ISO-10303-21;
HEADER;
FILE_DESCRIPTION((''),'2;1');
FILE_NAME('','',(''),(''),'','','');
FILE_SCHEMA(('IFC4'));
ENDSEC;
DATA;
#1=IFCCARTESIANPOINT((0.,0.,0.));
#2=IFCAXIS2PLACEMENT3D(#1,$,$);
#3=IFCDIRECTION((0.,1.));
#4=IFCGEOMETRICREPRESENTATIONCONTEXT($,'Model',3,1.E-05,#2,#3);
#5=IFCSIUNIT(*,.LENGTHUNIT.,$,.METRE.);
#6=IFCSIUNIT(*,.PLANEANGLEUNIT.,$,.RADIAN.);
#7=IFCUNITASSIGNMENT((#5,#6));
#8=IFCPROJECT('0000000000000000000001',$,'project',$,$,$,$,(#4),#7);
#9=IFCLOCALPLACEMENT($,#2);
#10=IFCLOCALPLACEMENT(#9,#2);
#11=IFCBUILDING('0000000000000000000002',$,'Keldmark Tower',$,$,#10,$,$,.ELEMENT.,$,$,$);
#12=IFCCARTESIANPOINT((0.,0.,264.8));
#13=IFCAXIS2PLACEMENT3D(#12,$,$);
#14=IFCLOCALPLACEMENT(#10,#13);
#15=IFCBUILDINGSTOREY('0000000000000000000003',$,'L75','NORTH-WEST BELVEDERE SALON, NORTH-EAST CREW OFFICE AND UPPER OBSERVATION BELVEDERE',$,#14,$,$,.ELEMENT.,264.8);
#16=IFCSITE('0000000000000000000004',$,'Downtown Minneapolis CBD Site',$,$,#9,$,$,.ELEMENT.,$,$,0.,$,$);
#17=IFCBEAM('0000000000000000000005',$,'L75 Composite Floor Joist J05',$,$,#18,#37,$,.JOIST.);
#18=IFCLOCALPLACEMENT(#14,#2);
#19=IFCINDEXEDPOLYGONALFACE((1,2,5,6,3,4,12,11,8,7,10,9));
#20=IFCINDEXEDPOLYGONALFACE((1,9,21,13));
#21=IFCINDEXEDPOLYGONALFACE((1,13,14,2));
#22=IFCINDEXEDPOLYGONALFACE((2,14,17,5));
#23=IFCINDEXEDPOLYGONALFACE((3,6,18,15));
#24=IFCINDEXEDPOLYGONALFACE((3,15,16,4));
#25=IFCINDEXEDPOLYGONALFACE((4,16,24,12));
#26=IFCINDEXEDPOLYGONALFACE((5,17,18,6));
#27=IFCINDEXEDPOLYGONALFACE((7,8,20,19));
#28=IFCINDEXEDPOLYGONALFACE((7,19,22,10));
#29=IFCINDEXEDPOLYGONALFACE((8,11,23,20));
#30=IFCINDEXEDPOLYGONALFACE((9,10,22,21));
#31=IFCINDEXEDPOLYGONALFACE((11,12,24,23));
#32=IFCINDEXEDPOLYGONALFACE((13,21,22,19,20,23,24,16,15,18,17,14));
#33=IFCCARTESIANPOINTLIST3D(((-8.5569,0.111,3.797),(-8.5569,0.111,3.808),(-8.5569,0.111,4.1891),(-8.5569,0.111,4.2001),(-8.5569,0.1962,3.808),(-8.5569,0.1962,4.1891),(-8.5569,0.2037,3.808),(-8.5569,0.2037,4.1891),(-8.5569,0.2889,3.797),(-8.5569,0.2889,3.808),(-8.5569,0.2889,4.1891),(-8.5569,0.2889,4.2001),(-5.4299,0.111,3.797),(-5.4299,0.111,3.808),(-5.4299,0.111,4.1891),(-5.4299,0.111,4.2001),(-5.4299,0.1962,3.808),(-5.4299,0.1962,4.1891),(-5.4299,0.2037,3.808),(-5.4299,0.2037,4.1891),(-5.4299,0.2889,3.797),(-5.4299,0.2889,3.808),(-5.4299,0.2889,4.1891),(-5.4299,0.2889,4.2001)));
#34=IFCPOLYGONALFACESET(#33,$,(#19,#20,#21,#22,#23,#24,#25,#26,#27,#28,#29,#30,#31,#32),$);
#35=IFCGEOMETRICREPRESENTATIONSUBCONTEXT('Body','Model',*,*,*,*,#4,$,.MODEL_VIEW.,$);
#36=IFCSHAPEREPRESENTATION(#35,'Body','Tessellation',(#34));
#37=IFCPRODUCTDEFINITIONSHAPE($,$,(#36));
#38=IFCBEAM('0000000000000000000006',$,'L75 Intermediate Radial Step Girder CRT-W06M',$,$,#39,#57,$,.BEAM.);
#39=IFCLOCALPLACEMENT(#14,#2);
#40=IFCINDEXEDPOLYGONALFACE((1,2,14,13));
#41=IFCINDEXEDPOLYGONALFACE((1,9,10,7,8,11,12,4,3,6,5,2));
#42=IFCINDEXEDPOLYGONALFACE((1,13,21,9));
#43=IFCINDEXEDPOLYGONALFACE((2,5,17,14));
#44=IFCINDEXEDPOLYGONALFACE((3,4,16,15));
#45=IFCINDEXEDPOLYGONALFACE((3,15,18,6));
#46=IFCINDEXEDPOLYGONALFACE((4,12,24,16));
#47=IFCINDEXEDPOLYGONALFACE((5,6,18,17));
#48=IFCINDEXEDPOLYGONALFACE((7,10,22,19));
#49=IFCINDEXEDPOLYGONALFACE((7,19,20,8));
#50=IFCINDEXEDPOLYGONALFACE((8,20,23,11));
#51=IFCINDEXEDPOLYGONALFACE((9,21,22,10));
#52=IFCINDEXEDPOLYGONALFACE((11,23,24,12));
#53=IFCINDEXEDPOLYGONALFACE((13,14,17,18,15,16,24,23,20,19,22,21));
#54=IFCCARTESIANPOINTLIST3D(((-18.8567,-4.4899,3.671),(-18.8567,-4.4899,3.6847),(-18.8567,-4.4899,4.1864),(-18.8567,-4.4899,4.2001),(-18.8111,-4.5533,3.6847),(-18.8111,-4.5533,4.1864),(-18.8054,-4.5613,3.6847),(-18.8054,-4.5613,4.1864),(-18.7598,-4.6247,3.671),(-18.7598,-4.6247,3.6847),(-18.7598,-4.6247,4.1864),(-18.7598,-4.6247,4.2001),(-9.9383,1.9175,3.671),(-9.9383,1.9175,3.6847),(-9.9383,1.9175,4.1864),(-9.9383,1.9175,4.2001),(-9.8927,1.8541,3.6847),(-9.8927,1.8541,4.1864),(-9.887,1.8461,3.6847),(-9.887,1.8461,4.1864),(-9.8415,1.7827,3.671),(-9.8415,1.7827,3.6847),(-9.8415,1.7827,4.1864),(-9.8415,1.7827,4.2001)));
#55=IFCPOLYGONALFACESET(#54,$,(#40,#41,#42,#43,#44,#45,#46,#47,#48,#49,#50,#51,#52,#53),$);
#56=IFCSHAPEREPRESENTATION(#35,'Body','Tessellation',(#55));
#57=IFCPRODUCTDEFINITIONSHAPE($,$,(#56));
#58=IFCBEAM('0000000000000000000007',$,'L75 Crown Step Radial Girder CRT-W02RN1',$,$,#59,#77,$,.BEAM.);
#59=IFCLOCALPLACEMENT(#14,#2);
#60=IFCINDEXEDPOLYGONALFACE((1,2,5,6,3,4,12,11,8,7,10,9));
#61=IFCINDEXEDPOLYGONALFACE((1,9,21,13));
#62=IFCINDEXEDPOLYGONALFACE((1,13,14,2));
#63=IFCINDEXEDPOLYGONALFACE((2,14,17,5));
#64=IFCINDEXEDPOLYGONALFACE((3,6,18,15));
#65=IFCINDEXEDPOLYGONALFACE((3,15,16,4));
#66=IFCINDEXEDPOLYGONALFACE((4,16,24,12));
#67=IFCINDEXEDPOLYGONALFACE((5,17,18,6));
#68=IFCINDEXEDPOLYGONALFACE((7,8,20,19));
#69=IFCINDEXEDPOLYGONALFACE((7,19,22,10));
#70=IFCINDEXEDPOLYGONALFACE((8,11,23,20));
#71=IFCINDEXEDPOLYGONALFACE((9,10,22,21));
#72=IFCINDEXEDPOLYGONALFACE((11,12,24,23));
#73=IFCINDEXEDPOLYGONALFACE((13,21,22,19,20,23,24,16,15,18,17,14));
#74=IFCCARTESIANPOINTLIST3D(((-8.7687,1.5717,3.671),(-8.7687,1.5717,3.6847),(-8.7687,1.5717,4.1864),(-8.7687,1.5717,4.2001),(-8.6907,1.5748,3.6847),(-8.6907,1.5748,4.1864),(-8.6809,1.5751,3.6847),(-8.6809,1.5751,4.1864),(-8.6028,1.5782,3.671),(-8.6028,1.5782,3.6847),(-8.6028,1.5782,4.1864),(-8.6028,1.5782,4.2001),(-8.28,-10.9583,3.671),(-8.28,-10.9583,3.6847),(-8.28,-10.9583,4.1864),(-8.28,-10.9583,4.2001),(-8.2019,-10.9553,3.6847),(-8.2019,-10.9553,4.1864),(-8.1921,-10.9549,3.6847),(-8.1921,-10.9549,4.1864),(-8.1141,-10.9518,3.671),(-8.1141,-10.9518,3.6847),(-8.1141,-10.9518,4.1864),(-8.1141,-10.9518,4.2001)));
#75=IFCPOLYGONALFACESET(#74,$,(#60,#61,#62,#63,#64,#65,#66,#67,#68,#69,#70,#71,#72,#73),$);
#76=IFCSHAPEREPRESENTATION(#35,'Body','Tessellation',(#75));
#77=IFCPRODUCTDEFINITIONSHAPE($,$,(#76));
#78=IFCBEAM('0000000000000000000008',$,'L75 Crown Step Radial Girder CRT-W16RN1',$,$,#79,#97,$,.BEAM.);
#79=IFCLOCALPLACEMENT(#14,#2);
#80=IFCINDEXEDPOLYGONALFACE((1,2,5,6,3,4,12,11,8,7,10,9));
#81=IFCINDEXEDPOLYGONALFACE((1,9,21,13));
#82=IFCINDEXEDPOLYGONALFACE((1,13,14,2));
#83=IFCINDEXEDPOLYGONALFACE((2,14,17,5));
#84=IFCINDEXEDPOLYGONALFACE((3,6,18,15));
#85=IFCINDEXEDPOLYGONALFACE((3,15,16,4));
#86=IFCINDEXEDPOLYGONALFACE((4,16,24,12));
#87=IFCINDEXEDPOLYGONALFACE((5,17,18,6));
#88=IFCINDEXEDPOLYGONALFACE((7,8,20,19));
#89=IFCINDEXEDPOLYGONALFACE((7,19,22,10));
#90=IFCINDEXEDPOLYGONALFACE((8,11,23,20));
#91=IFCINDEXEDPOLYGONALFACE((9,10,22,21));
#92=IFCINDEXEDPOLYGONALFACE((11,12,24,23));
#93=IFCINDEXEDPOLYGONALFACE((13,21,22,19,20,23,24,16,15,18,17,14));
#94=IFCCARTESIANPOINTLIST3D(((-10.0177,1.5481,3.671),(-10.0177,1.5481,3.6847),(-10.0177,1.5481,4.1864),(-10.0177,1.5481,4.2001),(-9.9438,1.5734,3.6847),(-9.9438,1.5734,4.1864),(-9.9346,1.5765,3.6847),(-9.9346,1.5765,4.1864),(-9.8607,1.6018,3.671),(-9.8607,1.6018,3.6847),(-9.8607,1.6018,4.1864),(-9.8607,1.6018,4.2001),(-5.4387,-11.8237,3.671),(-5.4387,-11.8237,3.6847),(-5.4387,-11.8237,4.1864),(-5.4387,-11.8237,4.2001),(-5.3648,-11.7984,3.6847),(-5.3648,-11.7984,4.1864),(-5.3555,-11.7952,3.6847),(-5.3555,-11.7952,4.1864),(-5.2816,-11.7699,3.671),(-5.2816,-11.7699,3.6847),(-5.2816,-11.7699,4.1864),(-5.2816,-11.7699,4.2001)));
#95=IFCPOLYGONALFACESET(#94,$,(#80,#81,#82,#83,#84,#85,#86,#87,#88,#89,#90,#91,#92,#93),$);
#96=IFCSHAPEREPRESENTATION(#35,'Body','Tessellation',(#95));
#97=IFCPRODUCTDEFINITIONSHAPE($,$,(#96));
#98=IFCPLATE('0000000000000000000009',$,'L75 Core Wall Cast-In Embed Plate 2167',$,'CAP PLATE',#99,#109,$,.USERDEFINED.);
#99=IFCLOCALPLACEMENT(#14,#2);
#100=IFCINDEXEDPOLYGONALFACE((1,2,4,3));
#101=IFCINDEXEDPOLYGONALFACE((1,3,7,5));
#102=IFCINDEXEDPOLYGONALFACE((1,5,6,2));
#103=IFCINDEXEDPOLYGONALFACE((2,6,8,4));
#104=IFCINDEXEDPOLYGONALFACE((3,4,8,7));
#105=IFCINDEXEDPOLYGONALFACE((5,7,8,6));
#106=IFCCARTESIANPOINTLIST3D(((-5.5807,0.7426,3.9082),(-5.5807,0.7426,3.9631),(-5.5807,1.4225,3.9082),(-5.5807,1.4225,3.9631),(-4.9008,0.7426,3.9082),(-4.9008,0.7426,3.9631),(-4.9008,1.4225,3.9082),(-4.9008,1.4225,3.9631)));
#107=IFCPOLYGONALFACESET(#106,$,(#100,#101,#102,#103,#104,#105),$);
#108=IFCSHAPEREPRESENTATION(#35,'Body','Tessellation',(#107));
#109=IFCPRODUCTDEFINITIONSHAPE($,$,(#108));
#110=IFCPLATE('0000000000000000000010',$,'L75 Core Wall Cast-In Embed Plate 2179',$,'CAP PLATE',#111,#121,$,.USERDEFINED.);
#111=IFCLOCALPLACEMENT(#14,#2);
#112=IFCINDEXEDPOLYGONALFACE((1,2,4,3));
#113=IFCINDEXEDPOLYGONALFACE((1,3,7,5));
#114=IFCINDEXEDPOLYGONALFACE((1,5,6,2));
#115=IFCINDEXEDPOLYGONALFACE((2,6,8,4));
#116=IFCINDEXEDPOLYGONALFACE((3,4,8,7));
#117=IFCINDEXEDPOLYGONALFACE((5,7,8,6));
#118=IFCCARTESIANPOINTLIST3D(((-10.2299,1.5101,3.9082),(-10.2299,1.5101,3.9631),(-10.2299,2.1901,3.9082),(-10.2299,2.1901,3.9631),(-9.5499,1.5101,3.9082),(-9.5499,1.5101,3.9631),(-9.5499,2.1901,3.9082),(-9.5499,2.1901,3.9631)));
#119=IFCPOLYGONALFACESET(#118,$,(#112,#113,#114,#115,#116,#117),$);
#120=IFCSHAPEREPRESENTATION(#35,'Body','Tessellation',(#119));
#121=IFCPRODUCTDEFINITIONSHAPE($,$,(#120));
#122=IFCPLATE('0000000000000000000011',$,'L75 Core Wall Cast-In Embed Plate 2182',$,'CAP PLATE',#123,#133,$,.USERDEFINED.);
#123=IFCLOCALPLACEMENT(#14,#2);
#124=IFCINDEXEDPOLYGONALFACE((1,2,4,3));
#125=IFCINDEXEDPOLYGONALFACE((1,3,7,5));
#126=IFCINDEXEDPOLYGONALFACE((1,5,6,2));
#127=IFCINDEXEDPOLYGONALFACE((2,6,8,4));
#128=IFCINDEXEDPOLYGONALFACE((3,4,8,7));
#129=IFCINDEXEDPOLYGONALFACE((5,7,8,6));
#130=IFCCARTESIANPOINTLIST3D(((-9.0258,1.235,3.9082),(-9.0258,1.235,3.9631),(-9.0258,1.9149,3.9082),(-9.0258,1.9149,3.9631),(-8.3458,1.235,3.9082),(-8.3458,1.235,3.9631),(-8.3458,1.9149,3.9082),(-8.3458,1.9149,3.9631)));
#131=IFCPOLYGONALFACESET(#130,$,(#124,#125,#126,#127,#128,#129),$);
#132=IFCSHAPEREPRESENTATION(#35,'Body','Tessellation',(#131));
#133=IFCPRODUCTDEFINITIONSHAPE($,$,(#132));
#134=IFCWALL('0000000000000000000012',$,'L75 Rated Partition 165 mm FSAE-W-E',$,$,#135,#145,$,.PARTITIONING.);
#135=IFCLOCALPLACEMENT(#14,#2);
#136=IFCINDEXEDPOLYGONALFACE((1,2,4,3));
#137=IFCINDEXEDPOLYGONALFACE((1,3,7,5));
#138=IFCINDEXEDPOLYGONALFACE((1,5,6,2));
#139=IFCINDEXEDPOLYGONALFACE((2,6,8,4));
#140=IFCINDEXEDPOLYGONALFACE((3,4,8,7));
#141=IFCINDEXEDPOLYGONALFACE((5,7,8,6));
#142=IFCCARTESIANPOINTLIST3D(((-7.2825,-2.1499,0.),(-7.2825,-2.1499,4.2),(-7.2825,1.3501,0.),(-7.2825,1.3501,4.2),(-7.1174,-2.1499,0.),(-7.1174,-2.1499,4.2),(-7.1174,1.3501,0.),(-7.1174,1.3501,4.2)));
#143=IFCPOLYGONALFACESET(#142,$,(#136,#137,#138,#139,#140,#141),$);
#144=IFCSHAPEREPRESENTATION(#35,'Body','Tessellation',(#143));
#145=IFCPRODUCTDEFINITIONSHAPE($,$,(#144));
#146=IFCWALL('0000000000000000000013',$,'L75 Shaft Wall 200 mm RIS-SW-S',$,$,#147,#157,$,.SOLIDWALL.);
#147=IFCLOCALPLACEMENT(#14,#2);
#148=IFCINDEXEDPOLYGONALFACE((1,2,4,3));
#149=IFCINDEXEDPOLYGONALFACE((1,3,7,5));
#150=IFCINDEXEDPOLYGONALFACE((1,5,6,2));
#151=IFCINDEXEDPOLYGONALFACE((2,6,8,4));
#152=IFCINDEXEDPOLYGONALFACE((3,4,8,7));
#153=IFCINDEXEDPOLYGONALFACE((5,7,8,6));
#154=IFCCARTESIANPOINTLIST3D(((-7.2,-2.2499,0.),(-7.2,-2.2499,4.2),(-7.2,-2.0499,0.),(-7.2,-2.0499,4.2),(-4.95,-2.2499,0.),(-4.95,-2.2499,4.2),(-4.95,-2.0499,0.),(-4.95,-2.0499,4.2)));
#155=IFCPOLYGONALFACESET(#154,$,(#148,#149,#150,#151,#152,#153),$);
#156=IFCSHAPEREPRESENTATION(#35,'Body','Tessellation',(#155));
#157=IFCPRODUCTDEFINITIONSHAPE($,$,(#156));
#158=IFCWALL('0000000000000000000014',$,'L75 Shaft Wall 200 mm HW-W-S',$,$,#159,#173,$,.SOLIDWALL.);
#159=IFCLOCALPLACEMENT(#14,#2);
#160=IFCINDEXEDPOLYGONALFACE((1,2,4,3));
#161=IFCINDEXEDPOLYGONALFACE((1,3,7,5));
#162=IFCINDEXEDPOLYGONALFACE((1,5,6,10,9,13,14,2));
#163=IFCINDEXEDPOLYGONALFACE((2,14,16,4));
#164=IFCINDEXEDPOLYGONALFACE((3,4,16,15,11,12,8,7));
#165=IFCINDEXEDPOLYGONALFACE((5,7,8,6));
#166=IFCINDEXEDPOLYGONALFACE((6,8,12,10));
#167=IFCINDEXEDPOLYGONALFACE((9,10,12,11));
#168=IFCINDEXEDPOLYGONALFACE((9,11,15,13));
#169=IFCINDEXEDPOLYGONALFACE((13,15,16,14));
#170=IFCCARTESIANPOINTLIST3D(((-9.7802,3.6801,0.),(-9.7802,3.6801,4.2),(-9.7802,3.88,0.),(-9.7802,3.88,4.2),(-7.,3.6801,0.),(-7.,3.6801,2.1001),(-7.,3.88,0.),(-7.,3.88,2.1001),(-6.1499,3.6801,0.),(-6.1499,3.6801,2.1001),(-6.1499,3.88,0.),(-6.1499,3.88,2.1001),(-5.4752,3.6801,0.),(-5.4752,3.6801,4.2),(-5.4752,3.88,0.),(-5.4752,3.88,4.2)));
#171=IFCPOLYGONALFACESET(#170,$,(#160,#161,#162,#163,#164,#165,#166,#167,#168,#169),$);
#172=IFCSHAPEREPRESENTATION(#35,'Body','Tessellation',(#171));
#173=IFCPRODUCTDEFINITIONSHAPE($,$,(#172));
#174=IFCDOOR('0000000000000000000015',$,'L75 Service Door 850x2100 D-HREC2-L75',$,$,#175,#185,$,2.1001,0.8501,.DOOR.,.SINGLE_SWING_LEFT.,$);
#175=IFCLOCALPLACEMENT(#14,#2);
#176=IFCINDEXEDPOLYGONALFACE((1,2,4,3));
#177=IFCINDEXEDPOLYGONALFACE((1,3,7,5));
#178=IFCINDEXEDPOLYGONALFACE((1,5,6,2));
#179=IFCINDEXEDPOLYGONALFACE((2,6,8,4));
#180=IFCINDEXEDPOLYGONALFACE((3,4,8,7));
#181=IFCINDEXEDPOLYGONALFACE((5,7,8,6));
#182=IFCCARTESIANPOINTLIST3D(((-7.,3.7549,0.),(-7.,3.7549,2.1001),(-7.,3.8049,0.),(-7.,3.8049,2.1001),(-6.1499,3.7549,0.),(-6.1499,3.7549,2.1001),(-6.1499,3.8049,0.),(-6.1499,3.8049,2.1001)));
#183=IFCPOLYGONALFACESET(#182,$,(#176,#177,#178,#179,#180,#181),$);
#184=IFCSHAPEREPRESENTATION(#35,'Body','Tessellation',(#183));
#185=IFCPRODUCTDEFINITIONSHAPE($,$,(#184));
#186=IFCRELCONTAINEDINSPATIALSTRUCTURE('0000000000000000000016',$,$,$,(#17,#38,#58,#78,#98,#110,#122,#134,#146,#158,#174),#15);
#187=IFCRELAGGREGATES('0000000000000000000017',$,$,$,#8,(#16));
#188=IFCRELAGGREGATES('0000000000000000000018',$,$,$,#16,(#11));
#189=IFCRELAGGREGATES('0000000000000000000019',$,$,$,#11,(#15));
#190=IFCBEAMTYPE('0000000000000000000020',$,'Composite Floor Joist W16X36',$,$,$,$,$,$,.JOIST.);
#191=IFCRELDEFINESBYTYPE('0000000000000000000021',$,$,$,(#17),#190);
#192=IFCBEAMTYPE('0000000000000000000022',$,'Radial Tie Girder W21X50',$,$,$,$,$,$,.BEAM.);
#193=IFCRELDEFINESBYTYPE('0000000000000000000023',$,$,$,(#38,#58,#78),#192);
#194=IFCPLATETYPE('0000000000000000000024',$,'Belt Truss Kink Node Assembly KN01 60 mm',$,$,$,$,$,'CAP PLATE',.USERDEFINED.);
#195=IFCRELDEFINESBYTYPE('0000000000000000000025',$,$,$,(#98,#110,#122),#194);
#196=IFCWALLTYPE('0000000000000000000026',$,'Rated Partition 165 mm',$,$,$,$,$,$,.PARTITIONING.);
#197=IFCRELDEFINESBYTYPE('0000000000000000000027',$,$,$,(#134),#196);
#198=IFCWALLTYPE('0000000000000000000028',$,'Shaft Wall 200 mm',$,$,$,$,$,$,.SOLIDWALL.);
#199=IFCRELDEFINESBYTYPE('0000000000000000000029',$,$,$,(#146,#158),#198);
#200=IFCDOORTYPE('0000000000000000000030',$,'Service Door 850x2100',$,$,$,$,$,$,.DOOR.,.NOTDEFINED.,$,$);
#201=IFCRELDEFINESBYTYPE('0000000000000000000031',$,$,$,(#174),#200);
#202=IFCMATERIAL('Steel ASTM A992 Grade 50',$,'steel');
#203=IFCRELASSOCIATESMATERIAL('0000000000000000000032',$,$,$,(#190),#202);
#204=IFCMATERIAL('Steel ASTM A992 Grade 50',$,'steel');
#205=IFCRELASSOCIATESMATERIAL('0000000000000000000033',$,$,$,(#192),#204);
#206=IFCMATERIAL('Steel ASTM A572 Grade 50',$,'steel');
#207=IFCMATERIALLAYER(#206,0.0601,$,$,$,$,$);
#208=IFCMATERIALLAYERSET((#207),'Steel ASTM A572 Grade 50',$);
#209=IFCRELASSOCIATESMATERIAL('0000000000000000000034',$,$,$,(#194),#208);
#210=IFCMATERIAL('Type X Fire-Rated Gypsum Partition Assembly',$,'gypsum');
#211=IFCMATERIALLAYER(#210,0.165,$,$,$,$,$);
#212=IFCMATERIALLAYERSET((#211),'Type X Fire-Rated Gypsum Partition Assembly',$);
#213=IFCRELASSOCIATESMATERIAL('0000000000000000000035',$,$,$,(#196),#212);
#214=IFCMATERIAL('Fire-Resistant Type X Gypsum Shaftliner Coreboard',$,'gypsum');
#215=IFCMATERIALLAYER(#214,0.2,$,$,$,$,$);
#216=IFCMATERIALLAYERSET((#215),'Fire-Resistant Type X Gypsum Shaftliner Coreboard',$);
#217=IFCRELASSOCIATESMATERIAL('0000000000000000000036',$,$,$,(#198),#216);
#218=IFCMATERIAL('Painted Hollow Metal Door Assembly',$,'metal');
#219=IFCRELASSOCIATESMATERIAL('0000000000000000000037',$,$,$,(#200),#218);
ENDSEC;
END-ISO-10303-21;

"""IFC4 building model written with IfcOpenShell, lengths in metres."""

from ifc_helpers import new_model, si_unit, direction, frame, frame_2d, origin, origin_2d, place, context, subcontext, project, spatial, rectangle, i_section, extrude, material, layer, layer_set, material_profile, profile_set, type_object, element, fill, save


model = new_model("IFC4")

# Units and contexts
model_context = context("Model", 3, precision=1e-05, world=origin(), true_north=direction((0.0, 1.0)))
body_context = subcontext(model_context, "Body", "Model", "MODEL_VIEW")
ifc_project = project(units=[si_unit("LENGTHUNIT", "METRE"), si_unit("PLANEANGLEUNIT", "RADIAN")], contexts=[model_context])

# Site, building, storey
site_placement = place(None, origin())
site = spatial("IfcSite", under=ifc_project, at=site_placement, Name="Downtown Minneapolis CBD Site", CompositionType="ELEMENT", RefElevation=0.0)
building_placement = place(site_placement, origin())
building = spatial("IfcBuilding", under=site, at=building_placement, Name="Keldmark Tower", CompositionType="ELEMENT")
storey_placement = place(building_placement, frame((0.0, 0.0, 264.8)))
storey = spatial("IfcBuildingStorey", under=building, at=storey_placement, Name="L75", Description="NORTH-WEST BELVEDERE SALON, NORTH-EAST CREW OFFICE AND UPPER OBSERVATION BELVEDERE", CompositionType="ELEMENT", Elevation=264.8)

# Beams
ifc_material_1 = material(Name="Steel ASTM A992 Grade 50", Category="steel")
ifc_material_profile_1 = material_profile(ifc_material_1, i_section(OverallWidth=0.178, OverallDepth=0.4031, WebThickness=0.0076, FlangeThickness=0.011, at=origin_2d()), Name="W16X36")
ifc_profile_set_1 = profile_set([ifc_material_profile_1], Name="Steel ASTM A992 Grade 50")
beam_type_1 = type_object("IfcBeamType", Name="Composite Floor Joist W16X36", PredefinedType="JOIST", material=ifc_profile_set_1)
beam_1_placement = place(storey_placement, frame((-8.5569, 0.2, 3.9985), z_axis=(1.0, 0.0, 0.0), x_axis=(0.0, 1.0, 0.0)))
element("IfcBeam", 1, at=beam_1_placement, inside=storey, type_object=beam_type_1, Name="L75 Composite Floor Joist J05", PredefinedType="JOIST", context=body_context, shape_type="SweptSolid", body=[
    extrude(i_section(OverallWidth=0.178, OverallDepth=0.4031, WebThickness=0.0076, FlangeThickness=0.011, at=origin_2d()), origin(), (0.0, 0.0, 1.0), 3.127),
])
ifc_material_2 = material(Name="Steel ASTM A992 Grade 50", Category="steel")
ifc_material_profile_2 = material_profile(ifc_material_2, i_section(OverallWidth=0.166, OverallDepth=0.5291, WebThickness=0.0098, FlangeThickness=0.0137, at=origin_2d()), Name="W21X50")
ifc_profile_set_2 = profile_set([ifc_material_profile_2], Name="Steel ASTM A992 Grade 50")
beam_type_2 = type_object("IfcBeamType", Name="Radial Tie Girder W21X50", PredefinedType="BEAM", material=ifc_profile_set_2)
beam_2_placement = place(storey_placement, frame((-9.8899, 1.8501, 3.9355), z_axis=(-0.812131, -0.583476, 0.0), x_axis=(0.583476, -0.812131, 0.0)))
element("IfcBeam", 2, at=beam_2_placement, inside=storey, type_object=beam_type_2, Name="L75 Intermediate Radial Step Girder CRT-W06M", PredefinedType="BEAM", context=body_context, shape_type="SweptSolid", body=[
    extrude(i_section(OverallWidth=0.166, OverallDepth=0.5291, WebThickness=0.0098, FlangeThickness=0.0137, at=origin_2d()), origin(), (0.0, 0.0, 1.0), 10.9814),
])
beam_3_placement = place(storey_placement, frame((-8.6858, 1.575, 3.9355), z_axis=(0.038978, -0.99924, 0.0), x_axis=(0.99924, 0.038978, 0.0)))
element("IfcBeam", 3, at=beam_3_placement, inside=storey, type_object=beam_type_2, Name="L75 Crown Step Radial Girder CRT-W02RN1", PredefinedType="BEAM", context=body_context, shape_type="SweptSolid", body=[
    extrude(i_section(OverallWidth=0.166, OverallDepth=0.5291, WebThickness=0.0098, FlangeThickness=0.0137, at=origin_2d()), origin(), (0.0, 0.0, 1.0), 12.5396),
])
beam_4_placement = place(storey_placement, frame((-9.9392, 1.575, 3.9355), z_axis=(0.323975, -0.946066, 0.0), x_axis=(0.946066, 0.323975, 0.0)))
element("IfcBeam", 4, at=beam_4_placement, inside=storey, type_object=beam_type_2, Name="L75 Crown Step Radial Girder CRT-W16RN1", PredefinedType="BEAM", context=body_context, shape_type="SweptSolid", body=[
    extrude(i_section(OverallWidth=0.166, OverallDepth=0.5291, WebThickness=0.0098, FlangeThickness=0.0137, at=origin_2d()), origin(), (0.0, 0.0, 1.0), 14.134),
])

# Plates
ifc_material_3 = material(Name="Steel ASTM A572 Grade 50", Category="steel")
ifc_layer_1 = layer(ifc_material_3, 0.0601)
ifc_layer_set_1 = layer_set([ifc_layer_1], Name="Steel ASTM A572 Grade 50")
plate_type = type_object("IfcPlateType", Name="Belt Truss Kink Node Assembly KN01 60 mm", ElementType="CAP PLATE", PredefinedType="USERDEFINED", material=ifc_layer_set_1)
for number, where, z_axis, x_axis, name in (
    (5, (-5.2407, 1.0825, 3.9082), (0.0, 0.0, 1.0), (1.0, 0.0, 0.0), "L75 Core Wall Cast-In Embed Plate 2167"),
    (6, (-9.8899, 1.8501, 3.9082), (0.0, 0.0, 1.0), (1.0, 0.0, 0.0), "L75 Core Wall Cast-In Embed Plate 2179"),
    (7, (-8.6858, 1.575, 3.9082), (0.0, 0.0, 1.0), (1.0, 0.0, 0.0), "L75 Core Wall Cast-In Embed Plate 2182"),
):
    element("IfcPlate", number, at=place(storey_placement, frame(where, z_axis=z_axis, x_axis=x_axis)), inside=storey, type_object=plate_type, Name=name, ObjectType="CAP PLATE", PredefinedType="USERDEFINED", context=body_context, shape_type="SweptSolid", body=[
        extrude(rectangle(XDim=0.6799, YDim=0.6799, at=origin_2d()), origin(), (0.0, 0.0, 1.0), 0.0549),
    ])

# Walls
ifc_material_4 = material(Name="Type X Fire-Rated Gypsum Partition Assembly", Category="gypsum")
ifc_layer_2 = layer(ifc_material_4, 0.165)
ifc_layer_set_2 = layer_set([ifc_layer_2], Name="Type X Fire-Rated Gypsum Partition Assembly")
wall_type_1 = type_object("IfcWallType", Name="Rated Partition 165 mm", PredefinedType="PARTITIONING", material=ifc_layer_set_2)
wall_1_placement = place(storey_placement, frame((-7.2, -2.1499, 0.0), z_axis=(0.0, 0.0, 1.0), x_axis=(0.0, 1.0, 0.0)))
element("IfcWall", 8, at=wall_1_placement, inside=storey, type_object=wall_type_1, Name="L75 Rated Partition 165 mm FSAE-W-E", PredefinedType="PARTITIONING", context=body_context, shape_type="SweptSolid", body=[
    extrude(rectangle(XDim=3.5, YDim=0.165, at=frame_2d((1.75, 0.0))), origin(), (0.0, 0.0, 1.0), 4.2),
])
ifc_material_5 = material(Name="Fire-Resistant Type X Gypsum Shaftliner Coreboard", Category="gypsum")
ifc_layer_3 = layer(ifc_material_5, 0.2)
ifc_layer_set_3 = layer_set([ifc_layer_3], Name="Fire-Resistant Type X Gypsum Shaftliner Coreboard")
wall_type_2 = type_object("IfcWallType", Name="Shaft Wall 200 mm", PredefinedType="SOLIDWALL", material=ifc_layer_set_3)
wall_2_placement = place(storey_placement, frame((-7.2, -2.1499, 0.0), z_axis=(0.0, 0.0, 1.0), x_axis=(1.0, 0.0, 0.0)))
element("IfcWall", 9, at=wall_2_placement, inside=storey, type_object=wall_type_2, Name="L75 Shaft Wall 200 mm RIS-SW-S", PredefinedType="SOLIDWALL", context=body_context, shape_type="SweptSolid", body=[
    extrude(rectangle(XDim=2.25, YDim=0.2, at=frame_2d((1.125, 0.0))), origin(), (0.0, 0.0, 1.0), 4.2),
])

# Wall, opening, door
wall_3_placement = place(storey_placement, frame((-9.78, 3.78, 0.0), z_axis=(0.0, 0.0, 1.0), x_axis=(1.0, 0.0, 0.0)))
wall_3 = element("IfcWall", 10, at=wall_3_placement, inside=storey, type_object=wall_type_2, Name="L75 Shaft Wall 200 mm HW-W-S", PredefinedType="SOLIDWALL", context=body_context, shape_type="SweptSolid", body=[
    extrude(rectangle(XDim=4.3049, YDim=0.2, at=frame_2d((2.1523, 0.0))), origin(), (0.0, 0.0, 1.0), 4.2),
])
opening_1_placement = place(wall_3_placement, frame((2.78, 0.0, 0.0)))
opening_1 = element("IfcOpeningElement", 11, at=opening_1_placement, cuts=wall_3, PredefinedType="OPENING", context=body_context, shape_type="SweptSolid", body=[
    extrude(rectangle(XDim=0.8501, YDim=2.1001, at=frame_2d((0.425, 1.05))), frame((0.0, 0.1099, 0.0), z_axis=(0.0, -1.0, 0.0), x_axis=(1.0, 0.0, 0.0)), (0.0, 0.0, 1.0), 0.22),
])
ifc_material_6 = material(Name="Painted Hollow Metal Door Assembly", Category="metal")
door_type = type_object("IfcDoorType", Name="Service Door 850x2100", OperationType="NOTDEFINED", PredefinedType="DOOR", material=ifc_material_6)
door_1_placement = place(opening_1_placement, origin())
door_1 = element("IfcDoor", 12, at=door_1_placement, inside=storey, type_object=door_type, Name="L75 Service Door 850x2100 D-HREC2-L75", OperationType="SINGLE_SWING_LEFT", OverallHeight=2.1001, OverallWidth=0.8501, PredefinedType="DOOR", context=body_context, shape_type="SweptSolid", body=[
    extrude(rectangle(XDim=0.8501, YDim=2.1001, at=frame_2d((0.425, 1.05))), frame((0.0, 0.0249, 0.0), z_axis=(0.0, -1.0, 0.0), x_axis=(1.0, 0.0, 0.0)), (0.0, 0.0, 1.0), 0.05),
])
fill(opening_1, door_1)

save(model, "model.ifc")
